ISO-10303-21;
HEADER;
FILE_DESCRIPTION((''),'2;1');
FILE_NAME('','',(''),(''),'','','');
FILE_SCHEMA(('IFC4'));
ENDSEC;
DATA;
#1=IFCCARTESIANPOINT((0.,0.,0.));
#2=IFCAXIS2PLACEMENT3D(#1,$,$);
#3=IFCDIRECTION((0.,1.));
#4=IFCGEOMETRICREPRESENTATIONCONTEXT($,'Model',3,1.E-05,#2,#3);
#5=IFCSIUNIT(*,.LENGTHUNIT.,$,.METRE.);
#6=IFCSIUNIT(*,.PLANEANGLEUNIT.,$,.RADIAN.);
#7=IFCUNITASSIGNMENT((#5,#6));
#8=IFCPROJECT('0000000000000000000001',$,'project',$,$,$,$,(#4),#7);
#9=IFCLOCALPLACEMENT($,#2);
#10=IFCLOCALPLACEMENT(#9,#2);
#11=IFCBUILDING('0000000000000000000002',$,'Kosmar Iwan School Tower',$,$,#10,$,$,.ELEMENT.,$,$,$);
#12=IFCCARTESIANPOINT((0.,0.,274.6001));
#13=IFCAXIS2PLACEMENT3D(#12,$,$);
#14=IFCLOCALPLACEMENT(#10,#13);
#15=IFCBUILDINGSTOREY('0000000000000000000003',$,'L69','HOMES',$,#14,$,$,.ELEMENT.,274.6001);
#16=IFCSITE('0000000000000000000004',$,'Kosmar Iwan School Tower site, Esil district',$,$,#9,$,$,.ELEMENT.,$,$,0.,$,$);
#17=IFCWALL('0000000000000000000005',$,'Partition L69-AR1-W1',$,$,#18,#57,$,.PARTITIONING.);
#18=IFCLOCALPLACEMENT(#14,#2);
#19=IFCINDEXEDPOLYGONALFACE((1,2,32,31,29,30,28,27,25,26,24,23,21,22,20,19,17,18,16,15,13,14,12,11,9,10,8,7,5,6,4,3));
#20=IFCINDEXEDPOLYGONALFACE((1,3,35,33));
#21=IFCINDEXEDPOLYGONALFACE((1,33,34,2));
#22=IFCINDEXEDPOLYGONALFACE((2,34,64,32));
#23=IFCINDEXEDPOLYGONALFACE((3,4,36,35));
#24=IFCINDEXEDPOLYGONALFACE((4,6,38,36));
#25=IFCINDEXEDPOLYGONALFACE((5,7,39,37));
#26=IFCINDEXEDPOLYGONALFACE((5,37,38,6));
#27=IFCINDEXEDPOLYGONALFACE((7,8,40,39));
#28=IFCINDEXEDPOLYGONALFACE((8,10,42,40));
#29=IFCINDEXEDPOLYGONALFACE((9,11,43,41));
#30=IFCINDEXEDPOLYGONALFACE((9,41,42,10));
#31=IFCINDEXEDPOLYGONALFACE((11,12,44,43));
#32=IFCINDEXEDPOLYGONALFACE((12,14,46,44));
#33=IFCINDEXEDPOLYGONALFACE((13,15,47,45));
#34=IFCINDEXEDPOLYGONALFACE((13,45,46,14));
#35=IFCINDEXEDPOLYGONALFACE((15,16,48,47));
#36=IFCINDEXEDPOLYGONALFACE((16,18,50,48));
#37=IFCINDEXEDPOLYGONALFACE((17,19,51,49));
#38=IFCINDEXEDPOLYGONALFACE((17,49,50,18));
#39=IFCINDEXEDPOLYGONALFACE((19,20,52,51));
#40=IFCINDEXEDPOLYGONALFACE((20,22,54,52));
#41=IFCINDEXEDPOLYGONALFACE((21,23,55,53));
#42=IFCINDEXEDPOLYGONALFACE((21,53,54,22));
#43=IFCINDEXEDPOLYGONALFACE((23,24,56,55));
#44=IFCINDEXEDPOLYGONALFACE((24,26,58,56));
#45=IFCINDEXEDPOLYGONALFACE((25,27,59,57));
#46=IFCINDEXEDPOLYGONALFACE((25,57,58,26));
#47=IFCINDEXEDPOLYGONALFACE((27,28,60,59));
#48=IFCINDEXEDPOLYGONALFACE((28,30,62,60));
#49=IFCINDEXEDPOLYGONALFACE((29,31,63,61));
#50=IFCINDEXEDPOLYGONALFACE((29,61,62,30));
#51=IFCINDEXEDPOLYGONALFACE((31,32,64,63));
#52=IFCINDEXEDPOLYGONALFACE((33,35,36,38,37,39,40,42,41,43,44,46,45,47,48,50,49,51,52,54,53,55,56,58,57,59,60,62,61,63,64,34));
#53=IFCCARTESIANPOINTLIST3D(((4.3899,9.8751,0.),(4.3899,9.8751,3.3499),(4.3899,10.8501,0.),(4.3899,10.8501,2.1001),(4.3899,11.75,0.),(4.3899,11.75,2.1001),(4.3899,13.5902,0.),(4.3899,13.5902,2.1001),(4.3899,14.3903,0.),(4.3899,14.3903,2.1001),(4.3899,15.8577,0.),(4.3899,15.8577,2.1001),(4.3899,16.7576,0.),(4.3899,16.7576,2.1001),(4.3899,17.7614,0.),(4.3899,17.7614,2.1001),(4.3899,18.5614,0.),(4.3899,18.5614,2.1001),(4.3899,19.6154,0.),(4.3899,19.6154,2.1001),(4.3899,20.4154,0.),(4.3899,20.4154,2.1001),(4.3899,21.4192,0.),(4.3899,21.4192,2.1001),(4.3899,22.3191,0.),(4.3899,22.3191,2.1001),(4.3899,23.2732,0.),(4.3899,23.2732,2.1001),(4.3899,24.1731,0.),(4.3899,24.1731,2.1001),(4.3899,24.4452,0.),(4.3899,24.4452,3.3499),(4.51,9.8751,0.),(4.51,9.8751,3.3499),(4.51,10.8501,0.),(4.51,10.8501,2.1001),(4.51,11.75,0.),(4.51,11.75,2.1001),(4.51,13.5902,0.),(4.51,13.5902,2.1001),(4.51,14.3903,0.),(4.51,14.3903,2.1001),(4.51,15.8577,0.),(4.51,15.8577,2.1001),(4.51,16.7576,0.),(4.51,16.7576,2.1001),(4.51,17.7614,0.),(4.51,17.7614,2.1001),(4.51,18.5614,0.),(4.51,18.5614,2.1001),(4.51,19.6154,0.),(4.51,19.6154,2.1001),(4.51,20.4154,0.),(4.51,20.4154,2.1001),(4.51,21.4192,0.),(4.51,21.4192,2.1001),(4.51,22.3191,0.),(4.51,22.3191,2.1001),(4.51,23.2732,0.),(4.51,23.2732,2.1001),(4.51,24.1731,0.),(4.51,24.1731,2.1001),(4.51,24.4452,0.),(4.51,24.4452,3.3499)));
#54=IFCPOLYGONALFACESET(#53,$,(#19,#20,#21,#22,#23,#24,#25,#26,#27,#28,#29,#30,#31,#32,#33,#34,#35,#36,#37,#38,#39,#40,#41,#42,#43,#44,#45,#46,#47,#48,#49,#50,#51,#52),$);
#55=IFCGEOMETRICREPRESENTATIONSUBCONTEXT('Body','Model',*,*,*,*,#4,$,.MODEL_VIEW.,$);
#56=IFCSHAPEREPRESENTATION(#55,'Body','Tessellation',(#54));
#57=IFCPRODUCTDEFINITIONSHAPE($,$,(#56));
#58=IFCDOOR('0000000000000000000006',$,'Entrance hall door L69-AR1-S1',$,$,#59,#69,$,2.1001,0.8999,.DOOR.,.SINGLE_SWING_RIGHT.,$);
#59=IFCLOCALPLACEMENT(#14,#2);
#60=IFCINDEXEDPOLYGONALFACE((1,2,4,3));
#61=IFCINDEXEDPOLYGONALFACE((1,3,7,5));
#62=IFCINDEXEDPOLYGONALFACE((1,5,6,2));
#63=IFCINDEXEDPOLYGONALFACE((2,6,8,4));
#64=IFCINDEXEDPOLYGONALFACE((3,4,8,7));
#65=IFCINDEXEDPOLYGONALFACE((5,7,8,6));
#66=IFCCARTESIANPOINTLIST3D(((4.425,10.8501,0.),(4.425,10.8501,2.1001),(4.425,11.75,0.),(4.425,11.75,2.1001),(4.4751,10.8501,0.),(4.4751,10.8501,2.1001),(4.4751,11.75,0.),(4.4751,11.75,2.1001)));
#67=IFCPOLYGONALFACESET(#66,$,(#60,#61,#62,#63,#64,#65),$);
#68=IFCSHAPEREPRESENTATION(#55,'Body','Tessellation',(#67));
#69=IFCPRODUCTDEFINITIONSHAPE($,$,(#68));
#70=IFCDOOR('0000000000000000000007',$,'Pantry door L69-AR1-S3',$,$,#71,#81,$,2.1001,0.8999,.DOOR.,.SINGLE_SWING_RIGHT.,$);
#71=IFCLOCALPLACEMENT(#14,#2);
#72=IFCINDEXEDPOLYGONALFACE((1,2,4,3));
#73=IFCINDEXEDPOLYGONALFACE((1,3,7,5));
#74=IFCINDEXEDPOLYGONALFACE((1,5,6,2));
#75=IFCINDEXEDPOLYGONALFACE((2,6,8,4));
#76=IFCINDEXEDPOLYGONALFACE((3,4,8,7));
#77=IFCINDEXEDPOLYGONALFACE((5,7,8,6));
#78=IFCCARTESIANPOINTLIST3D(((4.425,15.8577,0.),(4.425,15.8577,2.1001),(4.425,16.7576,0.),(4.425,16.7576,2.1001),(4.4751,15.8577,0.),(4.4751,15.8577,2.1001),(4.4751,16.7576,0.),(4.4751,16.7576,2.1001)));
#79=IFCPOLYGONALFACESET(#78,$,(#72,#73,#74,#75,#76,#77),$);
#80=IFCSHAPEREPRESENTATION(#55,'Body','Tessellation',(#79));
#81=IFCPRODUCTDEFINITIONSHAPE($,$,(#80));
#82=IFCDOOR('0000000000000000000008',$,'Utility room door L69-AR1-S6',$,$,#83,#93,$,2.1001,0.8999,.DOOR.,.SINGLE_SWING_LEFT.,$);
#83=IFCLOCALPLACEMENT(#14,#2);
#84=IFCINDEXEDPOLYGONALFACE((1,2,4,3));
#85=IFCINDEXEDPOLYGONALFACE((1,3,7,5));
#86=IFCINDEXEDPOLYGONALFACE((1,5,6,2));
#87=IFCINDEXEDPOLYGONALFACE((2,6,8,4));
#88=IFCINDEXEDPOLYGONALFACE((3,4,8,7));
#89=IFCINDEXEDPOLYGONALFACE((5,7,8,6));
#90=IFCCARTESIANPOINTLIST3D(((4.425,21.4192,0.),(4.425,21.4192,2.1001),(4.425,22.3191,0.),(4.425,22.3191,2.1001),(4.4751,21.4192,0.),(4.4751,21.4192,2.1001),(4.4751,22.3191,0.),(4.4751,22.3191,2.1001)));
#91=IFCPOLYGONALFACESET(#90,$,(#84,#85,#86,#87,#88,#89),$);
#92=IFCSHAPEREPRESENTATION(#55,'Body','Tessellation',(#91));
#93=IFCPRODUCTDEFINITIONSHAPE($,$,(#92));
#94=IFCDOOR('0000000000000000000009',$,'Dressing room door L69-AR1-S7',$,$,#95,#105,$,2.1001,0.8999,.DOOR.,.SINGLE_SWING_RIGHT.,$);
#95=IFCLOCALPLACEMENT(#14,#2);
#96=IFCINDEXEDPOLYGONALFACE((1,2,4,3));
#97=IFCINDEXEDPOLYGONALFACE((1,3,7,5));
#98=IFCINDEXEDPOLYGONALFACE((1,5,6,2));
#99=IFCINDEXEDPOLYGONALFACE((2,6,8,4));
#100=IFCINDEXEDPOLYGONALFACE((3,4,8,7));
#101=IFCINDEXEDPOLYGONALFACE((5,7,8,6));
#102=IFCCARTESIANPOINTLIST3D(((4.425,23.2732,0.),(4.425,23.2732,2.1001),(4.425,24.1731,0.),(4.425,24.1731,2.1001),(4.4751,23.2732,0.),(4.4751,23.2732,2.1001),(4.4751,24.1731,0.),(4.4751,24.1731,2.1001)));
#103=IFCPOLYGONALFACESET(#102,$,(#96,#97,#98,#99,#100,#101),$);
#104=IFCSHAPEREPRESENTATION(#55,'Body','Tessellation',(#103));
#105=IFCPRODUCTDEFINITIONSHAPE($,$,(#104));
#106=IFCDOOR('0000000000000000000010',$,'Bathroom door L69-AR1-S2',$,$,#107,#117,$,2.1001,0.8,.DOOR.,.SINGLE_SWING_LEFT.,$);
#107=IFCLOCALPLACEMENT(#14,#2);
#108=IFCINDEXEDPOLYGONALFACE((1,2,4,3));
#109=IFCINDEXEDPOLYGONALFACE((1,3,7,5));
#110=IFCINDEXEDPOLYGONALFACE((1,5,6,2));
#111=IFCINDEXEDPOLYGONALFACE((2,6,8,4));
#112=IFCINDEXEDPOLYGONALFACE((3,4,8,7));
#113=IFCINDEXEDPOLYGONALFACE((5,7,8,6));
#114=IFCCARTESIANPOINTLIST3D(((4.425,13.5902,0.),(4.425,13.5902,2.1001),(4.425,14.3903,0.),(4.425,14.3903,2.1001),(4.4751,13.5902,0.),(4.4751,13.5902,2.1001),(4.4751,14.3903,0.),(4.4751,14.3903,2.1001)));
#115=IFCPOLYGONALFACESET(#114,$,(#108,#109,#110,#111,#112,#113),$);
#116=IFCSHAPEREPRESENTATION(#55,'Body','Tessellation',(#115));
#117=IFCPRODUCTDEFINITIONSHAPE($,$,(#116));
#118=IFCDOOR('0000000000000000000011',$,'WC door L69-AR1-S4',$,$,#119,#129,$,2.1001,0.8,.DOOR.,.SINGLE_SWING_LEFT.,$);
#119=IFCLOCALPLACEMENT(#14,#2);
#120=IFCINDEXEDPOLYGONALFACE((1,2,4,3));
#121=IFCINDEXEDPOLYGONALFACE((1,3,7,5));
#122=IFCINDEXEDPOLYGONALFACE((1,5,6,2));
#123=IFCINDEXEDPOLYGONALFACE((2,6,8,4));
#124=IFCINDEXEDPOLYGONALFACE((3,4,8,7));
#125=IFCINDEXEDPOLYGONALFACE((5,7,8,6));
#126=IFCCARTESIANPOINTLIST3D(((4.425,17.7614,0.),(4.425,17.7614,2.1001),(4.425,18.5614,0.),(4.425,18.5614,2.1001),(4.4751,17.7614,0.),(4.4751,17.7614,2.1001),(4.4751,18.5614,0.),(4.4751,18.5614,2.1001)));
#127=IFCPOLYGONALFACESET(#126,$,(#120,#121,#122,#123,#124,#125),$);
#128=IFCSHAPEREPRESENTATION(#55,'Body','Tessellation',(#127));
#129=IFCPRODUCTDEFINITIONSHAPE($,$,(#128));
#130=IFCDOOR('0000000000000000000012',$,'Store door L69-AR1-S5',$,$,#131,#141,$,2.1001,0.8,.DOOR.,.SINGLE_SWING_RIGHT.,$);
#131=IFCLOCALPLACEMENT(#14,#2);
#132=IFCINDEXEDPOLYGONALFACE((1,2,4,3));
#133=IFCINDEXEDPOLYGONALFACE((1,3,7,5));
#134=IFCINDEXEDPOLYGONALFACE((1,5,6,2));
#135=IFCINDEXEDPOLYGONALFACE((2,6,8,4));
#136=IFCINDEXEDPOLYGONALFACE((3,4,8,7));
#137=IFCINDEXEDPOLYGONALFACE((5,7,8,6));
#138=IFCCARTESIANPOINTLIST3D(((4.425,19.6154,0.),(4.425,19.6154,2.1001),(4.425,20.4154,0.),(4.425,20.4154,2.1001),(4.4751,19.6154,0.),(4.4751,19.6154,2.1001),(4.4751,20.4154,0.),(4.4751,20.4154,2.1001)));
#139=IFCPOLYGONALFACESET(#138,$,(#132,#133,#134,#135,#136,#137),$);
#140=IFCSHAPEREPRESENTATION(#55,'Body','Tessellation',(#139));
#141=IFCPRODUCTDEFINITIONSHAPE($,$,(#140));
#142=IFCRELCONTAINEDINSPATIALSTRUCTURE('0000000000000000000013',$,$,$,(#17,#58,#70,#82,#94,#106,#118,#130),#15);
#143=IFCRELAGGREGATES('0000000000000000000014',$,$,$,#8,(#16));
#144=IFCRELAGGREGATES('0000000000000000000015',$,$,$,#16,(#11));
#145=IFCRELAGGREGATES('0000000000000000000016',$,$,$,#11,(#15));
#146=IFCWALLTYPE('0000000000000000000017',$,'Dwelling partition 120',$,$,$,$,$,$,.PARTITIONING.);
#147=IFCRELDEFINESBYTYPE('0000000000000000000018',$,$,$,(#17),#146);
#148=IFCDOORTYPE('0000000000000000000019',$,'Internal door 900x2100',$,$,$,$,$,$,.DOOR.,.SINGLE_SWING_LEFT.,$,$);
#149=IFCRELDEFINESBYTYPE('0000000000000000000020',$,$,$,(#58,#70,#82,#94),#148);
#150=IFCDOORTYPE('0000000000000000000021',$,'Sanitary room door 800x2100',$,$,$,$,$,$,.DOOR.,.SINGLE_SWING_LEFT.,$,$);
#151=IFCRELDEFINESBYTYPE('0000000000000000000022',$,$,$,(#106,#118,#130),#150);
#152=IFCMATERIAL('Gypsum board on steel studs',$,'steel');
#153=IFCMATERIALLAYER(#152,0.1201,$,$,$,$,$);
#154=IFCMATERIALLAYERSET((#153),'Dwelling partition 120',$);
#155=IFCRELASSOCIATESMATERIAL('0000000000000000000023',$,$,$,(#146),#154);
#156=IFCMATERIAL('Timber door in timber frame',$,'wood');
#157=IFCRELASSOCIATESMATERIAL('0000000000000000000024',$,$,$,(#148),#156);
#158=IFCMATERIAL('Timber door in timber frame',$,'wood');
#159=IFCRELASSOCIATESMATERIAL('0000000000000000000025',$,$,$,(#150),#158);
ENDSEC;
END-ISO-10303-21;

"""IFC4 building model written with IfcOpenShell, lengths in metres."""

from ifc_helpers import new_model, si_unit, direction, frame, frame_2d, origin, place, context, subcontext, project, spatial, rectangle, extrude, material, layer, layer_set, type_object, element, fill, save


model = new_model("IFC4")

# Units and contexts
model_context = context("Model", 3, precision=1e-05, world=origin(), true_north=direction((0.0, 1.0)))
body_context = subcontext(model_context, "Body", "Model", "MODEL_VIEW")
ifc_project = project(units=[si_unit("LENGTHUNIT", "METRE"), si_unit("PLANEANGLEUNIT", "RADIAN")], contexts=[model_context])

# Site, building, storey
site_placement = place(None, origin())
site = spatial("IfcSite", under=ifc_project, at=site_placement, Name="Kosmar Iwan School Tower site, Esil district", CompositionType="ELEMENT", RefElevation=0.0)
building_placement = place(site_placement, origin())
building = spatial("IfcBuilding", under=site, at=building_placement, Name="Kosmar Iwan School Tower", CompositionType="ELEMENT")
storey_placement = place(building_placement, frame((0.0, 0.0, 274.6001)))
storey = spatial("IfcBuildingStorey", under=building, at=storey_placement, Name="L69", Description="HOMES", CompositionType="ELEMENT", Elevation=274.6001)

# Wall, openings, doors
ifc_material_1 = material(Name="Gypsum board on steel studs", Category="steel")
ifc_layer_1 = layer(ifc_material_1, 0.1201)
ifc_layer_set_1 = layer_set([ifc_layer_1], Name="Dwelling partition 120")
wall_type_1 = type_object("IfcWallType", Name="Dwelling partition 120", PredefinedType="PARTITIONING", material=ifc_layer_set_1)
wall_1_placement = place(storey_placement, frame((4.45, 9.875, 0.0), z_axis=(0.0, 0.0, 1.0), x_axis=(0.0, 1.0, 0.0)))
wall_1 = element("IfcWall", 1, at=wall_1_placement, inside=storey, type_object=wall_type_1, Name="Partition L69-AR1-W1", PredefinedType="PARTITIONING", context=body_context, shape_type="SweptSolid", body=[
    extrude(rectangle(XDim=14.5701, YDim=0.1201, at=frame_2d((7.2852, 0.0))), origin(), (0.0, 0.0, 1.0), 3.3499),
])
opening_1_placement = place(wall_1_placement, frame((0.9751, 0.0, 0.0)))
opening_1 = element("IfcOpeningElement", 2, at=opening_1_placement, cuts=wall_1, PredefinedType="OPENING", context=body_context, shape_type="SweptSolid", body=[
    extrude(rectangle(XDim=0.8999, YDim=2.1001, at=frame_2d((0.45, 1.05))), frame((0.0, 0.072, 0.0), z_axis=(0.0, -1.0, 0.0), x_axis=(1.0, 0.0, 0.0)), (0.0, 0.0, 1.0), 0.144),
])
opening_2_placement = place(wall_1_placement, frame((3.7153, 0.0, 0.0)))
opening_2 = element("IfcOpeningElement", 3, at=opening_2_placement, cuts=wall_1, PredefinedType="OPENING", context=body_context, shape_type="SweptSolid", body=[
    extrude(rectangle(XDim=0.8, YDim=2.1001, at=frame_2d((0.3999, 1.05))), frame((0.0, 0.072, 0.0), z_axis=(0.0, -1.0, 0.0), x_axis=(1.0, 0.0, 0.0)), (0.0, 0.0, 1.0), 0.144),
])
opening_3_placement = place(wall_1_placement, frame((5.9827, 0.0, 0.0)))
opening_3 = element("IfcOpeningElement", 4, at=opening_3_placement, cuts=wall_1, PredefinedType="OPENING", context=body_context, shape_type="SweptSolid", body=[
    extrude(rectangle(XDim=0.8999, YDim=2.1001, at=frame_2d((0.45, 1.05))), frame((0.0, 0.072, 0.0), z_axis=(0.0, -1.0, 0.0), x_axis=(1.0, 0.0, 0.0)), (0.0, 0.0, 1.0), 0.144),
])
opening_4_placement = place(wall_1_placement, frame((7.8865, 0.0, 0.0)))
opening_4 = element("IfcOpeningElement", 5, at=opening_4_placement, cuts=wall_1, PredefinedType="OPENING", context=body_context, shape_type="SweptSolid", body=[
    extrude(rectangle(XDim=0.8, YDim=2.1001, at=frame_2d((0.3999, 1.05))), frame((0.0, 0.072, 0.0), z_axis=(0.0, -1.0, 0.0), x_axis=(1.0, 0.0, 0.0)), (0.0, 0.0, 1.0), 0.144),
])
opening_5_placement = place(wall_1_placement, frame((9.7405, 0.0, 0.0)))
opening_5 = element("IfcOpeningElement", 6, at=opening_5_placement, cuts=wall_1, PredefinedType="OPENING", context=body_context, shape_type="SweptSolid", body=[
    extrude(rectangle(XDim=0.8, YDim=2.1001, at=frame_2d((0.3999, 1.05))), frame((0.0, 0.072, 0.0), z_axis=(0.0, -1.0, 0.0), x_axis=(1.0, 0.0, 0.0)), (0.0, 0.0, 1.0), 0.144),
])
opening_6_placement = place(wall_1_placement, frame((11.5442, 0.0, 0.0)))
opening_6 = element("IfcOpeningElement", 7, at=opening_6_placement, cuts=wall_1, PredefinedType="OPENING", context=body_context, shape_type="SweptSolid", body=[
    extrude(rectangle(XDim=0.8999, YDim=2.1001, at=frame_2d((0.45, 1.05))), frame((0.0, 0.072, 0.0), z_axis=(0.0, -1.0, 0.0), x_axis=(1.0, 0.0, 0.0)), (0.0, 0.0, 1.0), 0.144),
])
opening_7_placement = place(wall_1_placement, frame((13.3982, 0.0, 0.0)))
opening_7 = element("IfcOpeningElement", 8, at=opening_7_placement, cuts=wall_1, PredefinedType="OPENING", context=body_context, shape_type="SweptSolid", body=[
    extrude(rectangle(XDim=0.8999, YDim=2.1001, at=frame_2d((0.45, 1.05))), frame((0.0, 0.072, 0.0), z_axis=(0.0, -1.0, 0.0), x_axis=(1.0, 0.0, 0.0)), (0.0, 0.0, 1.0), 0.144),
])
ifc_material_2 = material(Name="Timber door in timber frame", Category="wood")
door_type_1 = type_object("IfcDoorType", Name="Internal door 900x2100", OperationType="SINGLE_SWING_LEFT", PredefinedType="DOOR", material=ifc_material_2)
door_1_placement = place(opening_1_placement, origin())
door_1 = element("IfcDoor", 9, at=door_1_placement, inside=storey, type_object=door_type_1, Name="Entrance hall door L69-AR1-S1", OperationType="SINGLE_SWING_RIGHT", OverallHeight=2.1001, OverallWidth=0.8999, PredefinedType="DOOR", context=body_context, shape_type="SweptSolid", body=[
    extrude(rectangle(XDim=0.8999, YDim=2.1001, at=frame_2d((0.45, 1.05))), frame((0.0, 0.0249, 0.0), z_axis=(0.0, -1.0, 0.0), x_axis=(1.0, 0.0, 0.0)), (0.0, 0.0, 1.0), 0.05),
])
fill(opening_1, door_1)
door_2_placement = place(opening_3_placement, origin())
door_2 = element("IfcDoor", 10, at=door_2_placement, inside=storey, type_object=door_type_1, Name="Pantry door L69-AR1-S3", OperationType="SINGLE_SWING_RIGHT", OverallHeight=2.1001, OverallWidth=0.8999, PredefinedType="DOOR", context=body_context, shape_type="SweptSolid", body=[
    extrude(rectangle(XDim=0.8999, YDim=2.1001, at=frame_2d((0.45, 1.05))), frame((0.0, 0.0249, 0.0), z_axis=(0.0, -1.0, 0.0), x_axis=(1.0, 0.0, 0.0)), (0.0, 0.0, 1.0), 0.05),
])
fill(opening_3, door_2)
door_3_placement = place(opening_6_placement, origin())
door_3 = element("IfcDoor", 11, at=door_3_placement, inside=storey, type_object=door_type_1, Name="Utility room door L69-AR1-S6", OperationType="SINGLE_SWING_LEFT", OverallHeight=2.1001, OverallWidth=0.8999, PredefinedType="DOOR", context=body_context, shape_type="SweptSolid", body=[
    extrude(rectangle(XDim=0.8999, YDim=2.1001, at=frame_2d((0.45, 1.05))), frame((0.0, 0.0249, 0.0), z_axis=(0.0, -1.0, 0.0), x_axis=(1.0, 0.0, 0.0)), (0.0, 0.0, 1.0), 0.05),
])
fill(opening_6, door_3)
door_4_placement = place(opening_7_placement, origin())
door_4 = element("IfcDoor", 12, at=door_4_placement, inside=storey, type_object=door_type_1, Name="Dressing room door L69-AR1-S7", OperationType="SINGLE_SWING_RIGHT", OverallHeight=2.1001, OverallWidth=0.8999, PredefinedType="DOOR", context=body_context, shape_type="SweptSolid", body=[
    extrude(rectangle(XDim=0.8999, YDim=2.1001, at=frame_2d((0.45, 1.05))), frame((0.0, 0.0249, 0.0), z_axis=(0.0, -1.0, 0.0), x_axis=(1.0, 0.0, 0.0)), (0.0, 0.0, 1.0), 0.05),
])
fill(opening_7, door_4)
ifc_material_3 = material(Name="Timber door in timber frame", Category="wood")
door_type_2 = type_object("IfcDoorType", Name="Sanitary room door 800x2100", OperationType="SINGLE_SWING_LEFT", PredefinedType="DOOR", material=ifc_material_3)
door_5_placement = place(opening_2_placement, origin())
door_5 = element("IfcDoor", 13, at=door_5_placement, inside=storey, type_object=door_type_2, Name="Bathroom door L69-AR1-S2", OperationType="SINGLE_SWING_LEFT", OverallHeight=2.1001, OverallWidth=0.8, PredefinedType="DOOR", context=body_context, shape_type="SweptSolid", body=[
    extrude(rectangle(XDim=0.8, YDim=2.1001, at=frame_2d((0.3999, 1.05))), frame((0.0, 0.0249, 0.0), z_axis=(0.0, -1.0, 0.0), x_axis=(1.0, 0.0, 0.0)), (0.0, 0.0, 1.0), 0.05),
])
fill(opening_2, door_5)
door_6_placement = place(opening_4_placement, origin())
door_6 = element("IfcDoor", 14, at=door_6_placement, inside=storey, type_object=door_type_2, Name="WC door L69-AR1-S4", OperationType="SINGLE_SWING_LEFT", OverallHeight=2.1001, OverallWidth=0.8, PredefinedType="DOOR", context=body_context, shape_type="SweptSolid", body=[
    extrude(rectangle(XDim=0.8, YDim=2.1001, at=frame_2d((0.3999, 1.05))), frame((0.0, 0.0249, 0.0), z_axis=(0.0, -1.0, 0.0), x_axis=(1.0, 0.0, 0.0)), (0.0, 0.0, 1.0), 0.05),
])
fill(opening_4, door_6)
door_7_placement = place(opening_5_placement, origin())
door_7 = element("IfcDoor", 15, at=door_7_placement, inside=storey, type_object=door_type_2, Name="Store door L69-AR1-S5", OperationType="SINGLE_SWING_RIGHT", OverallHeight=2.1001, OverallWidth=0.8, PredefinedType="DOOR", context=body_context, shape_type="SweptSolid", body=[
    extrude(rectangle(XDim=0.8, YDim=2.1001, at=frame_2d((0.3999, 1.05))), frame((0.0, 0.0249, 0.0), z_axis=(0.0, -1.0, 0.0), x_axis=(1.0, 0.0, 0.0)), (0.0, 0.0, 1.0), 0.05),
])
fill(opening_5, door_7)

save(model, "model.ifc")
